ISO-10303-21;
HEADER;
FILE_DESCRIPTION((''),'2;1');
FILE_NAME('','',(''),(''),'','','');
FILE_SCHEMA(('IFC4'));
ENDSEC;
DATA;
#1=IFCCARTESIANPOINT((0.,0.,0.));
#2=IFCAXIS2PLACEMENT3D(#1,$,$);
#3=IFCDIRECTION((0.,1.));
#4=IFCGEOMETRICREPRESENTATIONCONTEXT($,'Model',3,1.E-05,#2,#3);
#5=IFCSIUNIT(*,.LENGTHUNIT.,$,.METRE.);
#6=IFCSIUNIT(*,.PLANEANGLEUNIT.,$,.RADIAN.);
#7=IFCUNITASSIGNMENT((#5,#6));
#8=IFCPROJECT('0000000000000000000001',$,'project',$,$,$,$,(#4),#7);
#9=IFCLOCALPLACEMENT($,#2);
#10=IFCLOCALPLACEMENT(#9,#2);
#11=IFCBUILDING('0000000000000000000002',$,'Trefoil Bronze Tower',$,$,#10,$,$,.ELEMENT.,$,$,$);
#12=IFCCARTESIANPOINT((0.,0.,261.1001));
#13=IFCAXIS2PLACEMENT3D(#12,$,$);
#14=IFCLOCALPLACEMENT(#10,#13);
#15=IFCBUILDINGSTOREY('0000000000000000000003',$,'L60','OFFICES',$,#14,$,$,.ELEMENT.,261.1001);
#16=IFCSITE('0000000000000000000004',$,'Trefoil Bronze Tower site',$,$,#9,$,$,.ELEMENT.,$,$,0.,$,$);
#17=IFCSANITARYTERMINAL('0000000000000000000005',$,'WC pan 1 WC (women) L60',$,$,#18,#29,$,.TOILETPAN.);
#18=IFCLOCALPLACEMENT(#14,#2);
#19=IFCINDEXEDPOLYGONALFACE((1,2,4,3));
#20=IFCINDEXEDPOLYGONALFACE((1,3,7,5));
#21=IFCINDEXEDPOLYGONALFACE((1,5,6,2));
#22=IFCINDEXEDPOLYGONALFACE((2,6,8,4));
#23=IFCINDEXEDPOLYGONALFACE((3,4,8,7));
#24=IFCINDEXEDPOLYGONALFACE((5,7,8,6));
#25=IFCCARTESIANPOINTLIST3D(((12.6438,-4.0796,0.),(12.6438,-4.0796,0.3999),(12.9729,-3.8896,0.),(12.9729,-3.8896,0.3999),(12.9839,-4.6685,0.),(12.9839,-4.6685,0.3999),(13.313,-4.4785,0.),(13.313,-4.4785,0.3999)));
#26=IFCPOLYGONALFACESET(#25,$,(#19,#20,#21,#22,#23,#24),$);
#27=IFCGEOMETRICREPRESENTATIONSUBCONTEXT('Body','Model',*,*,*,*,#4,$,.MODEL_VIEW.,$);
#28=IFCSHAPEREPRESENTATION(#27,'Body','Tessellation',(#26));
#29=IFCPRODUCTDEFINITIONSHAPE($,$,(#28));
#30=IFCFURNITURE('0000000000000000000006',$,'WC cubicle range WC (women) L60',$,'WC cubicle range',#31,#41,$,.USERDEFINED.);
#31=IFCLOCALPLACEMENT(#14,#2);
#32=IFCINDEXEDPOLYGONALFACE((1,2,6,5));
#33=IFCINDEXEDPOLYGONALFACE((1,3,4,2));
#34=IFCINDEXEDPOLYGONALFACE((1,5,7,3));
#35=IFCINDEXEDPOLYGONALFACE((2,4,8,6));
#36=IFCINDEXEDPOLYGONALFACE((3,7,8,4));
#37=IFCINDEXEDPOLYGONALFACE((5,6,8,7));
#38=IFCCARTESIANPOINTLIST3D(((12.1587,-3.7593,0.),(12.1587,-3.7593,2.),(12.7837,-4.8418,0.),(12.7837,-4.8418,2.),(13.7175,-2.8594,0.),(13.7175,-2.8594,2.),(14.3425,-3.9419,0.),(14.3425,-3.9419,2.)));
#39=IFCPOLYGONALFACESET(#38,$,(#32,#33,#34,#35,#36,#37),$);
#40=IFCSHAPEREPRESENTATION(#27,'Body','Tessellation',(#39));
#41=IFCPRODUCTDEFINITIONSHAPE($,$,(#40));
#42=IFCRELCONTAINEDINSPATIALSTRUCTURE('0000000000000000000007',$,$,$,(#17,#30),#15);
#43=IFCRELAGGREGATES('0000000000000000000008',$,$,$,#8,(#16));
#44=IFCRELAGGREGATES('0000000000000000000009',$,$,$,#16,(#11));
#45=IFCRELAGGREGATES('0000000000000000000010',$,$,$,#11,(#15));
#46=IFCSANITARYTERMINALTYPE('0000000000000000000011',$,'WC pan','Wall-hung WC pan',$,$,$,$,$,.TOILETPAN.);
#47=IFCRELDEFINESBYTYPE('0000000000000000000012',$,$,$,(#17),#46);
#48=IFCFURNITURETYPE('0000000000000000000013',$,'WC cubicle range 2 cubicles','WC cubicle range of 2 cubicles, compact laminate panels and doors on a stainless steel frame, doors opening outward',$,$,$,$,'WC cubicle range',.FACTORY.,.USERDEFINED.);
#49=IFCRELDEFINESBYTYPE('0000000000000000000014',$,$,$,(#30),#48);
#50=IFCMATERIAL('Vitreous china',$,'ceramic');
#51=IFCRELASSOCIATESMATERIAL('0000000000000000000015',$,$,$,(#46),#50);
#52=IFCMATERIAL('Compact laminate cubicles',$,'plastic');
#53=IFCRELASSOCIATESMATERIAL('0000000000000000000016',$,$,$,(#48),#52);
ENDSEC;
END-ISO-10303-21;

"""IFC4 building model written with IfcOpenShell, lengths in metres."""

from ifc_helpers import new_model, si_unit, direction, frame, origin, place, context, subcontext, project, spatial, polyline, outline, extrude, material, type_object, element, save


model = new_model("IFC4")

# Units and contexts
model_context = context("Model", 3, precision=1e-05, world=origin(), true_north=direction((0.0, 1.0)))
body_context = subcontext(model_context, "Body", "Model", "MODEL_VIEW")
ifc_project = project(units=[si_unit("LENGTHUNIT", "METRE"), si_unit("PLANEANGLEUNIT", "RADIAN")], contexts=[model_context])

# Site, building, storey
site_placement = place(None, origin())
site = spatial("IfcSite", under=ifc_project, at=site_placement, Name="Trefoil Bronze Tower site", CompositionType="ELEMENT", RefElevation=0.0)
building_placement = place(site_placement, origin())
building = spatial("IfcBuilding", under=site, at=building_placement, Name="Trefoil Bronze Tower", CompositionType="ELEMENT")
storey_placement = place(building_placement, frame((0.0, 0.0, 261.1001)))
storey = spatial("IfcBuildingStorey", under=building, at=storey_placement, Name="L60", Description="OFFICES", CompositionType="ELEMENT", Elevation=261.1001)

# Sanitary terminal
ifc_material_1 = material(Name="Vitreous china", Category="ceramic")
sanitary_terminal_type_1 = type_object("IfcSanitaryTerminalType", Name="WC pan", Description="Wall-hung WC pan", PredefinedType="TOILETPAN", material=ifc_material_1)
sanitary_terminal_1_placement = place(storey_placement, origin())
element("IfcSanitaryTerminal", 1, at=sanitary_terminal_1_placement, inside=storey, type_object=sanitary_terminal_type_1, Name="WC pan 1 WC (women) L60", PredefinedType="TOILETPAN", context=body_context, shape_type="SweptSolid", body=[
    extrude(outline(polyline([(12.6438, -4.0796), (12.9839, -4.6685), (13.313, -4.4785), (12.9729, -3.8896), (12.6438, -4.0796)])), origin(), (0.0, 0.0, 1.0), 0.3999),
])

# Furniture
ifc_material_2 = material(Name="Compact laminate cubicles", Category="plastic")
furniture_type = type_object("IfcFurnitureType", Name="WC cubicle range 2 cubicles", Description="WC cubicle range of 2 cubicles, compact laminate panels and doors on a stainless steel frame, doors opening outward", ElementType="WC cubicle range", AssemblyPlace="FACTORY", PredefinedType="USERDEFINED", material=ifc_material_2)
furniture_placement = place(storey_placement, origin())
element("IfcFurniture", 2, at=furniture_placement, inside=storey, type_object=furniture_type, Name="WC cubicle range WC (women) L60", ObjectType="WC cubicle range", PredefinedType="USERDEFINED", context=body_context, shape_type="SweptSolid", body=[
    extrude(outline(polyline([(12.1587, -3.7593), (12.7837, -4.8418), (14.3425, -3.9419), (13.7175, -2.8594), (12.1587, -3.7593)])), origin(), (0.0, 0.0, 1.0), 2.0),
])

save(model, "model.ifc")
